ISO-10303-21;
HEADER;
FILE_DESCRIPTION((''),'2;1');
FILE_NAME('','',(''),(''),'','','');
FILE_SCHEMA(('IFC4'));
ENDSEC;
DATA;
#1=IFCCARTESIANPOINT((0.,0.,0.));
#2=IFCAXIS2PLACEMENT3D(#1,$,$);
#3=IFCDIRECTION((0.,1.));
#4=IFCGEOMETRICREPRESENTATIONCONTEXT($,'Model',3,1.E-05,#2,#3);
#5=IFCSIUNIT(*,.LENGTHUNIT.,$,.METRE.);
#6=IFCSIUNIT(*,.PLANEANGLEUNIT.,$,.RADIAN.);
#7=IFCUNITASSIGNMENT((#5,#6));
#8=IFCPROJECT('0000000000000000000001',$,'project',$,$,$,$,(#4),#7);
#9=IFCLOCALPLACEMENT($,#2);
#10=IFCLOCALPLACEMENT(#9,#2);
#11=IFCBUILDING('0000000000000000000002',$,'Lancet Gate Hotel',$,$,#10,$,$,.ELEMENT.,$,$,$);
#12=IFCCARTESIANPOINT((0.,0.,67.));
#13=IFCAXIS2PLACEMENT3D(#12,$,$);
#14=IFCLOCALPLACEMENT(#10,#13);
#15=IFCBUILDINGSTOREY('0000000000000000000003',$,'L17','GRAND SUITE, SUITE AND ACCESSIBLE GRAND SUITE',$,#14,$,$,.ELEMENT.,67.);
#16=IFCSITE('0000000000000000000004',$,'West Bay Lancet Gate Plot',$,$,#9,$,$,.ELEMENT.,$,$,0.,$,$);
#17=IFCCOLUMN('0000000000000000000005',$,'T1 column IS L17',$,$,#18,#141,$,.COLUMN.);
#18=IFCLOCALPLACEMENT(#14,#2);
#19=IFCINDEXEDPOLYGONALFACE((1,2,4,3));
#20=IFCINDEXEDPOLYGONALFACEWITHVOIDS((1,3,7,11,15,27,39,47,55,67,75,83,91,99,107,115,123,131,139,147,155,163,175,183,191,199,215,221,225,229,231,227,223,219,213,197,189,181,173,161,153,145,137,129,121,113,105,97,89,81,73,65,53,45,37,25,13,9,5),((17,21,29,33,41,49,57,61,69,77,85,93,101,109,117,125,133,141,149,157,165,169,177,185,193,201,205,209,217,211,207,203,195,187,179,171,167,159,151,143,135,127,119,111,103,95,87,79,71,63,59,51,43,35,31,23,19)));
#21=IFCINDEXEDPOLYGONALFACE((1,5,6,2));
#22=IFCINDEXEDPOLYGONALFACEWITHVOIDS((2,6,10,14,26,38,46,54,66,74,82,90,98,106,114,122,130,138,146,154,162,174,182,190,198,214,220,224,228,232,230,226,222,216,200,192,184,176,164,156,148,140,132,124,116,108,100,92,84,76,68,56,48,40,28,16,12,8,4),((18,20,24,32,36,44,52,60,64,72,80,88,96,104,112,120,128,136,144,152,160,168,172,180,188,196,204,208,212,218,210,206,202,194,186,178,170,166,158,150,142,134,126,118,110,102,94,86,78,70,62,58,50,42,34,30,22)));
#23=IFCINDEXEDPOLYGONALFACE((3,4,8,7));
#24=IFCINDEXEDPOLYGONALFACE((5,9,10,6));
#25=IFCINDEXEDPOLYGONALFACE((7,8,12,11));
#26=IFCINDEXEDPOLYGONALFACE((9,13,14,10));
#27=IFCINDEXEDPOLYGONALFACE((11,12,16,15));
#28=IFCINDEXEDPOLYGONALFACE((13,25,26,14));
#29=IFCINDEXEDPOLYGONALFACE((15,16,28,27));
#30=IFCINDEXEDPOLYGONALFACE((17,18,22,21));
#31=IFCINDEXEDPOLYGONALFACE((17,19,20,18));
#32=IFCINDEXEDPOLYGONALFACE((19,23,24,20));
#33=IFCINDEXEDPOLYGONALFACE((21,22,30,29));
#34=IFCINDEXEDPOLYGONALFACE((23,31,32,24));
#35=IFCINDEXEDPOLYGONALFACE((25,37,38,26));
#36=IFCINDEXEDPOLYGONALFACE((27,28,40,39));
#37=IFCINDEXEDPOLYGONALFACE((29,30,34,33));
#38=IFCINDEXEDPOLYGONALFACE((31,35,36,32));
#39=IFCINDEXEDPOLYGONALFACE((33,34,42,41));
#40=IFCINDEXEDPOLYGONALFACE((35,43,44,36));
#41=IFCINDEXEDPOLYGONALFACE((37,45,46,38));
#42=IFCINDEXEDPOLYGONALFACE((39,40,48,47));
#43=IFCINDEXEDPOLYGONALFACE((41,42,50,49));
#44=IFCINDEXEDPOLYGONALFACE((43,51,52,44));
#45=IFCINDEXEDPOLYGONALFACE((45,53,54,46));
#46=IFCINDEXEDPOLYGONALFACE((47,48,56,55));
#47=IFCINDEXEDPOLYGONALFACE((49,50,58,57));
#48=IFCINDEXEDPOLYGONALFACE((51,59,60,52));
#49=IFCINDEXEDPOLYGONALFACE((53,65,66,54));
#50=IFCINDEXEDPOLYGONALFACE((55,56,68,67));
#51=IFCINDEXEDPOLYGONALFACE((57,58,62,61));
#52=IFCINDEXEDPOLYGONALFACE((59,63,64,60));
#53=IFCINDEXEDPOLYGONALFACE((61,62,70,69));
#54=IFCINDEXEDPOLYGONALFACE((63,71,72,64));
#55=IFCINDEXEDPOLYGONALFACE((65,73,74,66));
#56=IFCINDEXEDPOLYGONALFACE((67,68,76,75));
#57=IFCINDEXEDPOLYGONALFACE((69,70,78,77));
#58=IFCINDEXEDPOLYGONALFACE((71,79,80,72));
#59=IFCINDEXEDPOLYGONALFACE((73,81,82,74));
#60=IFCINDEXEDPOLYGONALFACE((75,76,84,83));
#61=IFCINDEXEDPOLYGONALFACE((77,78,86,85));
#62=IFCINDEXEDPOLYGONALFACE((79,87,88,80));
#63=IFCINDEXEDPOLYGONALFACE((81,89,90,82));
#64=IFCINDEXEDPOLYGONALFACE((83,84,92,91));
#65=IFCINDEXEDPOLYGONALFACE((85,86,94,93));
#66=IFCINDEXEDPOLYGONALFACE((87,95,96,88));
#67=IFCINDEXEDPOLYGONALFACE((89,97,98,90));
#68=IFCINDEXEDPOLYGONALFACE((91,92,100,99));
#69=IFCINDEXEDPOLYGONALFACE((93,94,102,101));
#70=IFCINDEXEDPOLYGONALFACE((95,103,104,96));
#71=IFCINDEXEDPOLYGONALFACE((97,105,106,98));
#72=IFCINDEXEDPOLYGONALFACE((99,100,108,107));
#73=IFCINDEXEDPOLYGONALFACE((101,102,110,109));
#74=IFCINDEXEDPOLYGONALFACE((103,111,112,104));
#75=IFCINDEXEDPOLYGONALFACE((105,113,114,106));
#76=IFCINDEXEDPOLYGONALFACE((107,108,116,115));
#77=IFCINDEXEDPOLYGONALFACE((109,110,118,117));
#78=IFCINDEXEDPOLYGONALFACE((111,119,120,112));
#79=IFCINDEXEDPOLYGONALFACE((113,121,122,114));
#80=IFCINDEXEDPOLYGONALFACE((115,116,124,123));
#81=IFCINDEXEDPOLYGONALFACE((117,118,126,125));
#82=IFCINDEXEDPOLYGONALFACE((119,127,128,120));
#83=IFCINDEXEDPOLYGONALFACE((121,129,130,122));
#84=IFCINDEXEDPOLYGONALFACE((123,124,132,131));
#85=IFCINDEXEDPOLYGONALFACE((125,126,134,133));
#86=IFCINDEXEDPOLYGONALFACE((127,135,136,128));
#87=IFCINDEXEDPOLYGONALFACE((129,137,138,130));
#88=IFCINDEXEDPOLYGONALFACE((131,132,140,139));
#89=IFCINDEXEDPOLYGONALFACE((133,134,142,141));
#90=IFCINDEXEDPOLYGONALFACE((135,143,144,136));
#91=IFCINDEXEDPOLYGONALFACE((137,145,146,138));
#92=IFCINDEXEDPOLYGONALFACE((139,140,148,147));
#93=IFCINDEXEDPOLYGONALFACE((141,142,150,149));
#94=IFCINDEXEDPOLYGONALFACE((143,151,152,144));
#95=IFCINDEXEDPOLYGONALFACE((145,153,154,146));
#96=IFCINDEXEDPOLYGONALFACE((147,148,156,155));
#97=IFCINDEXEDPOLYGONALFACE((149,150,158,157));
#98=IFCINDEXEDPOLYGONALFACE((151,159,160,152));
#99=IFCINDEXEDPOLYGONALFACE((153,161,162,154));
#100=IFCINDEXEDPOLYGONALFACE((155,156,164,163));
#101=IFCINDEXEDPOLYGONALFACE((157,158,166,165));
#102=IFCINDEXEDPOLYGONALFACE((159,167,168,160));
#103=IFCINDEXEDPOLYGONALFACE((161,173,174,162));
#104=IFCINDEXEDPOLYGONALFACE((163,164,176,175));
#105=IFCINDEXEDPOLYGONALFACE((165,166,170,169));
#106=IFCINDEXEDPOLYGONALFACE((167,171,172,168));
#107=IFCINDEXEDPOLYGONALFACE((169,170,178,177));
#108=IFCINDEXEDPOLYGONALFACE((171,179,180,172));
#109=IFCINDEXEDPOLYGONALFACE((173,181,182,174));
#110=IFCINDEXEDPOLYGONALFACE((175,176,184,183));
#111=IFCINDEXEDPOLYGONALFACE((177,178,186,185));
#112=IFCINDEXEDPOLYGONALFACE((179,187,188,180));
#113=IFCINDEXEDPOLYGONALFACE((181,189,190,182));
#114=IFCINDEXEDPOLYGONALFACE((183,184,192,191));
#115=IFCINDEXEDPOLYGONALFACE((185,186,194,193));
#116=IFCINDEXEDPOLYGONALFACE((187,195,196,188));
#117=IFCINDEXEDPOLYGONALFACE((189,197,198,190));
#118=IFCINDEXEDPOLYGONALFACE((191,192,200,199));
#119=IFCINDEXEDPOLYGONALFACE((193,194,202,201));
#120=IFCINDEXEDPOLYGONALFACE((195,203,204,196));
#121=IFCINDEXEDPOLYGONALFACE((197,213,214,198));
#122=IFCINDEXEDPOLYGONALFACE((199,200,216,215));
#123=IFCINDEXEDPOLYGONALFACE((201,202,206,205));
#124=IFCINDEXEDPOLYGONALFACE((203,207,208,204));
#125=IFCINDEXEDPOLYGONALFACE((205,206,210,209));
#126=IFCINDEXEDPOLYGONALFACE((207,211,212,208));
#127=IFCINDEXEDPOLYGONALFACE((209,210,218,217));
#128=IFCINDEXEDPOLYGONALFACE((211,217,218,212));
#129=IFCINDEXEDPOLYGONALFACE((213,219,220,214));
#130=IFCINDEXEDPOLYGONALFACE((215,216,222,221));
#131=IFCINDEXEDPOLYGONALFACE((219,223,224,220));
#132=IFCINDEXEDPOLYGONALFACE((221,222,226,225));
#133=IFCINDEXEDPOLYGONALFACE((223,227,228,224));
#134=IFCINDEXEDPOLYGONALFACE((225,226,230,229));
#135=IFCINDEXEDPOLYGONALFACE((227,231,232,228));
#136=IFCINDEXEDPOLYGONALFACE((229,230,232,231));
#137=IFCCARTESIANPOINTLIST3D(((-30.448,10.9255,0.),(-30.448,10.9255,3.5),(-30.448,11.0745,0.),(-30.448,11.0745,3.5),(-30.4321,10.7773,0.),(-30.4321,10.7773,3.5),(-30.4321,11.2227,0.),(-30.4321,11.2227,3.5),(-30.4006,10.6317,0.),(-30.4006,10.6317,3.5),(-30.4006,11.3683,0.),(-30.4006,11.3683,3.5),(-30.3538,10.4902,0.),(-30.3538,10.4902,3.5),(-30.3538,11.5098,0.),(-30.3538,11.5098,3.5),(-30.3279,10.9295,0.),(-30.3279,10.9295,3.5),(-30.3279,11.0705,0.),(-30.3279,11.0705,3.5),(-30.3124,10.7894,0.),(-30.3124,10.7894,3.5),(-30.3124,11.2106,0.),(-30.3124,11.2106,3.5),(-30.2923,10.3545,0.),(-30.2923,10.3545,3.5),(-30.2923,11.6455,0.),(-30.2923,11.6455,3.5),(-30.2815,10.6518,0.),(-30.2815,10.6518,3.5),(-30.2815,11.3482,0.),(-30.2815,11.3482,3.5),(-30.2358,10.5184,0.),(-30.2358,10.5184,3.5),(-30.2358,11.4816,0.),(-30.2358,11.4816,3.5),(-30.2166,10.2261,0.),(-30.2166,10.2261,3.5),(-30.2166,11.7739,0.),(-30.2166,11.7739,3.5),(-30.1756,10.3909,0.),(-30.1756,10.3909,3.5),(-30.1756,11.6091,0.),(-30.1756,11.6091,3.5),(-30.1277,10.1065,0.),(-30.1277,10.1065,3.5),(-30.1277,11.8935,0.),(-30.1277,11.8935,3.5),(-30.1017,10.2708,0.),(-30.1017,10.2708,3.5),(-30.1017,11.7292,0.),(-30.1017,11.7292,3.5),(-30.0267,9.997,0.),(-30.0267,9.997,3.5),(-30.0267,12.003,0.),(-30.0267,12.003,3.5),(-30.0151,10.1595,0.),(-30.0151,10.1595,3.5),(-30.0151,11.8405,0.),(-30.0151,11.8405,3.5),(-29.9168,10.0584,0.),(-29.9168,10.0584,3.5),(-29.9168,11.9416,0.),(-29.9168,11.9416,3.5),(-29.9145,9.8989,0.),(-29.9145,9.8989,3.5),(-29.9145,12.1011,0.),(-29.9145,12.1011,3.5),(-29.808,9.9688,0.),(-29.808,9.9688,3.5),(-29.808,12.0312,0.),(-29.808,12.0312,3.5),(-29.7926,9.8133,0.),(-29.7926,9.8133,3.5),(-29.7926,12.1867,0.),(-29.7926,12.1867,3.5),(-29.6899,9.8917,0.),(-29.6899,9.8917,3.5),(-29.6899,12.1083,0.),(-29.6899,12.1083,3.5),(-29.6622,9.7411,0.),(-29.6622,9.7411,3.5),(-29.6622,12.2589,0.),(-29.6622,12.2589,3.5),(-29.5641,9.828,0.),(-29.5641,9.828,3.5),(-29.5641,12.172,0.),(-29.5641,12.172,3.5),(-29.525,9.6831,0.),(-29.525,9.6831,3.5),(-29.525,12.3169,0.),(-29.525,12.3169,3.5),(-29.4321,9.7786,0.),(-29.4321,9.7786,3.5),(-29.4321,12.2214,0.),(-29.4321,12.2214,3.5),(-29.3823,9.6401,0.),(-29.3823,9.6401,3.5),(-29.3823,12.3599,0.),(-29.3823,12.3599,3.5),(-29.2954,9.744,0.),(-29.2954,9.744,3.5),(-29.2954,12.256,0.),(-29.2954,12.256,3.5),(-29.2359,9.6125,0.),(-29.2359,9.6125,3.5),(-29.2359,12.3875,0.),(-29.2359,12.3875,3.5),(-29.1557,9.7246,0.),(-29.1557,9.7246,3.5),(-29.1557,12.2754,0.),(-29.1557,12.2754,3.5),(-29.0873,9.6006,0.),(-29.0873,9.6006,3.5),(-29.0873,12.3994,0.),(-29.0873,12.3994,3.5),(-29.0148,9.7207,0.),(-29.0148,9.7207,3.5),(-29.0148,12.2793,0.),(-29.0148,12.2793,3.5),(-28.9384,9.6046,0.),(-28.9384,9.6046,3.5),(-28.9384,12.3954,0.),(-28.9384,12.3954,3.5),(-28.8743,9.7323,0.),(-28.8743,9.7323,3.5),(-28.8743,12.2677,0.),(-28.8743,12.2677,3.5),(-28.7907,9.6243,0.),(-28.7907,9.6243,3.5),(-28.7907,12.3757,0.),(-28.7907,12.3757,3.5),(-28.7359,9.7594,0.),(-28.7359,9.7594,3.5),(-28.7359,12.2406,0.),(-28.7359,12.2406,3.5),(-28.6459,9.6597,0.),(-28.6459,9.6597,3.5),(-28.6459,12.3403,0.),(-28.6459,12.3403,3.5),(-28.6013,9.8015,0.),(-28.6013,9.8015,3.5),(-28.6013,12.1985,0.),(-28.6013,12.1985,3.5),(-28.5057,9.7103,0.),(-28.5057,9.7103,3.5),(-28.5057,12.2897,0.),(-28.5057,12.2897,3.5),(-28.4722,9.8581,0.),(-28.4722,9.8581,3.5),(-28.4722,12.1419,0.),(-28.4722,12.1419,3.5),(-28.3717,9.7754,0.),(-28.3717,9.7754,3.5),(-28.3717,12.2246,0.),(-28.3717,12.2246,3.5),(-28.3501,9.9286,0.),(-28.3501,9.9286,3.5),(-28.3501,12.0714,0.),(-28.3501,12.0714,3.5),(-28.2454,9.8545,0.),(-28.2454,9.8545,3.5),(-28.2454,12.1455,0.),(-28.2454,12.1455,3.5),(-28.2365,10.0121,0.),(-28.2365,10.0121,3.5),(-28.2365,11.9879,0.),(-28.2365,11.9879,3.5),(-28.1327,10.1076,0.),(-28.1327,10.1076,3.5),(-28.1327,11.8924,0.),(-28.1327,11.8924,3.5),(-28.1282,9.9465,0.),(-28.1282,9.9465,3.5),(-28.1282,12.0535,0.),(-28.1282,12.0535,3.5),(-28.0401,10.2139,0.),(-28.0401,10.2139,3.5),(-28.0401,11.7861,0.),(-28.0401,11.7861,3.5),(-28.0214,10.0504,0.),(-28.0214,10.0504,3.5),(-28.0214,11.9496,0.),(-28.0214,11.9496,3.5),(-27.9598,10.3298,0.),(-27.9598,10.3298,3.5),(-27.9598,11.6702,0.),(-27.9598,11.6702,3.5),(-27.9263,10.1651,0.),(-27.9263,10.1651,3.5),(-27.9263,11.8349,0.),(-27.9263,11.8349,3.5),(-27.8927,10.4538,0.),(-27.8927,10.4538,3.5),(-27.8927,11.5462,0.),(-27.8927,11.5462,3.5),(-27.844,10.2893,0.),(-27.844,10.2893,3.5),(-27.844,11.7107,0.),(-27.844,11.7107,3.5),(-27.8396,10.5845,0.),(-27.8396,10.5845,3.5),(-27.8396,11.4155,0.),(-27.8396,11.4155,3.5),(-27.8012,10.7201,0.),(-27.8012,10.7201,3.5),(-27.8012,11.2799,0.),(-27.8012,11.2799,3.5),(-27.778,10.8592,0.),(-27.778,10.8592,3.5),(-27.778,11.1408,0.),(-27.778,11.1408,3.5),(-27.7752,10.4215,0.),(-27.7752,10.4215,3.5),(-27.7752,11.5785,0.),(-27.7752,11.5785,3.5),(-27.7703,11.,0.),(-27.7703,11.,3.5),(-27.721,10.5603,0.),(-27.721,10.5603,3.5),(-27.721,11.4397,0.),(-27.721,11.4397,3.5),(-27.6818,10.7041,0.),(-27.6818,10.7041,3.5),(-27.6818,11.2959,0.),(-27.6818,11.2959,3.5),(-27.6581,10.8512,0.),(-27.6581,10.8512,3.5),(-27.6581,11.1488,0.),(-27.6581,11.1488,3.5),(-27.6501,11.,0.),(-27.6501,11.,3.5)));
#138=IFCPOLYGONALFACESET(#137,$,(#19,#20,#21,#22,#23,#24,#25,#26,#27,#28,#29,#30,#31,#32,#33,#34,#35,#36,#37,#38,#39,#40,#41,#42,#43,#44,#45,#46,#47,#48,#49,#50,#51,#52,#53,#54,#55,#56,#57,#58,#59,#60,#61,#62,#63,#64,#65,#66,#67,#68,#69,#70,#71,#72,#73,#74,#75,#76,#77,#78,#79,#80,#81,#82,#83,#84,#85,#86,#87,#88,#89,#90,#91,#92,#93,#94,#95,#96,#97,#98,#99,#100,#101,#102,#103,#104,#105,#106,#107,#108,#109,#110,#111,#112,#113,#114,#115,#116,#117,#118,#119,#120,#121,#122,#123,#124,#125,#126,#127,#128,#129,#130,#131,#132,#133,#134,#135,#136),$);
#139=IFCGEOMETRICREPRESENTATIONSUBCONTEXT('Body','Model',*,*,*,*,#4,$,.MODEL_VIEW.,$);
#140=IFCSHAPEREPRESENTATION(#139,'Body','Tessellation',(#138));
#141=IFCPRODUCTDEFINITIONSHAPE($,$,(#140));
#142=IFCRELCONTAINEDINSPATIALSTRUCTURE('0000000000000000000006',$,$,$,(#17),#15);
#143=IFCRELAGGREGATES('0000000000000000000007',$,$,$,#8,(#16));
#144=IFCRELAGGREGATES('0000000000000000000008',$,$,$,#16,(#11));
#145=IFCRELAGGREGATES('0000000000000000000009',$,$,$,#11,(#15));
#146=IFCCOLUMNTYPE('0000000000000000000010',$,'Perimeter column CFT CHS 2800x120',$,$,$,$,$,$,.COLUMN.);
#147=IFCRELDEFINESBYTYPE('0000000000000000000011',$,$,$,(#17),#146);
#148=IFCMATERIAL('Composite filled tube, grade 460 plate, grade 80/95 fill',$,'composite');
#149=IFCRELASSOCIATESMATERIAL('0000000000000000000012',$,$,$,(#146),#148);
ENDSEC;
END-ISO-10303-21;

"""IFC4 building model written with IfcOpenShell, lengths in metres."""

from ifc_helpers import new_model, si_unit, direction, frame, origin, origin_2d, place, context, subcontext, project, spatial, hollow_circle, extrude, material, material_profile, profile_set, type_object, element, save


model = new_model("IFC4")

# Units and contexts
model_context = context("Model", 3, precision=1e-05, world=origin(), true_north=direction((0.0, 1.0)))
body_context = subcontext(model_context, "Body", "Model", "MODEL_VIEW")
ifc_project = project(units=[si_unit("LENGTHUNIT", "METRE"), si_unit("PLANEANGLEUNIT", "RADIAN")], contexts=[model_context])

# Site, building, storey
site_placement = place(None, origin())
site = spatial("IfcSite", under=ifc_project, at=site_placement, Name="West Bay Lancet Gate Plot", CompositionType="ELEMENT", RefElevation=0.0)
building_placement = place(site_placement, origin())
building = spatial("IfcBuilding", under=site, at=building_placement, Name="Lancet Gate Hotel", CompositionType="ELEMENT")
storey_placement = place(building_placement, frame((0.0, 0.0, 67.0)))
storey = spatial("IfcBuildingStorey", under=building, at=storey_placement, Name="L17", Description="GRAND SUITE, SUITE AND ACCESSIBLE GRAND SUITE", CompositionType="ELEMENT", Elevation=67.0)

# Column
ifc_material_1 = material(Name="Composite filled tube, grade 460 plate, grade 80/95 fill", Category="composite")
ifc_material_profile_1 = material_profile(ifc_material_1, hollow_circle(Radius=1.3999, WallThickness=0.1201, at=origin_2d()), Name="CHS 2800x120")
ifc_profile_set_1 = profile_set([ifc_material_profile_1], Name="Composite filled tube, grade 460 plate, grade 80/95 fill")
column_type = type_object("IfcColumnType", Name="Perimeter column CFT CHS 2800x120", PredefinedType="COLUMN", material=ifc_profile_set_1)
for number, where, z_axis, x_axis, name in (
    (1, (-29.05, 11.0, 0.0), (0.0, 0.0, 1.0), (1.0, 0.0, 0.0), "T1 column IS L17"),
):
    element("IfcColumn", number, at=place(storey_placement, frame(where, z_axis=z_axis, x_axis=x_axis)), inside=storey, type_object=column_type, Name=name, PredefinedType="COLUMN", context=body_context, shape_type="SweptSolid", body=[
        extrude(hollow_circle(Radius=1.3999, WallThickness=0.1201, at=origin_2d()), origin(), (0.0, 0.0, 1.0), 3.5),
    ])

save(model, "model.ifc")
